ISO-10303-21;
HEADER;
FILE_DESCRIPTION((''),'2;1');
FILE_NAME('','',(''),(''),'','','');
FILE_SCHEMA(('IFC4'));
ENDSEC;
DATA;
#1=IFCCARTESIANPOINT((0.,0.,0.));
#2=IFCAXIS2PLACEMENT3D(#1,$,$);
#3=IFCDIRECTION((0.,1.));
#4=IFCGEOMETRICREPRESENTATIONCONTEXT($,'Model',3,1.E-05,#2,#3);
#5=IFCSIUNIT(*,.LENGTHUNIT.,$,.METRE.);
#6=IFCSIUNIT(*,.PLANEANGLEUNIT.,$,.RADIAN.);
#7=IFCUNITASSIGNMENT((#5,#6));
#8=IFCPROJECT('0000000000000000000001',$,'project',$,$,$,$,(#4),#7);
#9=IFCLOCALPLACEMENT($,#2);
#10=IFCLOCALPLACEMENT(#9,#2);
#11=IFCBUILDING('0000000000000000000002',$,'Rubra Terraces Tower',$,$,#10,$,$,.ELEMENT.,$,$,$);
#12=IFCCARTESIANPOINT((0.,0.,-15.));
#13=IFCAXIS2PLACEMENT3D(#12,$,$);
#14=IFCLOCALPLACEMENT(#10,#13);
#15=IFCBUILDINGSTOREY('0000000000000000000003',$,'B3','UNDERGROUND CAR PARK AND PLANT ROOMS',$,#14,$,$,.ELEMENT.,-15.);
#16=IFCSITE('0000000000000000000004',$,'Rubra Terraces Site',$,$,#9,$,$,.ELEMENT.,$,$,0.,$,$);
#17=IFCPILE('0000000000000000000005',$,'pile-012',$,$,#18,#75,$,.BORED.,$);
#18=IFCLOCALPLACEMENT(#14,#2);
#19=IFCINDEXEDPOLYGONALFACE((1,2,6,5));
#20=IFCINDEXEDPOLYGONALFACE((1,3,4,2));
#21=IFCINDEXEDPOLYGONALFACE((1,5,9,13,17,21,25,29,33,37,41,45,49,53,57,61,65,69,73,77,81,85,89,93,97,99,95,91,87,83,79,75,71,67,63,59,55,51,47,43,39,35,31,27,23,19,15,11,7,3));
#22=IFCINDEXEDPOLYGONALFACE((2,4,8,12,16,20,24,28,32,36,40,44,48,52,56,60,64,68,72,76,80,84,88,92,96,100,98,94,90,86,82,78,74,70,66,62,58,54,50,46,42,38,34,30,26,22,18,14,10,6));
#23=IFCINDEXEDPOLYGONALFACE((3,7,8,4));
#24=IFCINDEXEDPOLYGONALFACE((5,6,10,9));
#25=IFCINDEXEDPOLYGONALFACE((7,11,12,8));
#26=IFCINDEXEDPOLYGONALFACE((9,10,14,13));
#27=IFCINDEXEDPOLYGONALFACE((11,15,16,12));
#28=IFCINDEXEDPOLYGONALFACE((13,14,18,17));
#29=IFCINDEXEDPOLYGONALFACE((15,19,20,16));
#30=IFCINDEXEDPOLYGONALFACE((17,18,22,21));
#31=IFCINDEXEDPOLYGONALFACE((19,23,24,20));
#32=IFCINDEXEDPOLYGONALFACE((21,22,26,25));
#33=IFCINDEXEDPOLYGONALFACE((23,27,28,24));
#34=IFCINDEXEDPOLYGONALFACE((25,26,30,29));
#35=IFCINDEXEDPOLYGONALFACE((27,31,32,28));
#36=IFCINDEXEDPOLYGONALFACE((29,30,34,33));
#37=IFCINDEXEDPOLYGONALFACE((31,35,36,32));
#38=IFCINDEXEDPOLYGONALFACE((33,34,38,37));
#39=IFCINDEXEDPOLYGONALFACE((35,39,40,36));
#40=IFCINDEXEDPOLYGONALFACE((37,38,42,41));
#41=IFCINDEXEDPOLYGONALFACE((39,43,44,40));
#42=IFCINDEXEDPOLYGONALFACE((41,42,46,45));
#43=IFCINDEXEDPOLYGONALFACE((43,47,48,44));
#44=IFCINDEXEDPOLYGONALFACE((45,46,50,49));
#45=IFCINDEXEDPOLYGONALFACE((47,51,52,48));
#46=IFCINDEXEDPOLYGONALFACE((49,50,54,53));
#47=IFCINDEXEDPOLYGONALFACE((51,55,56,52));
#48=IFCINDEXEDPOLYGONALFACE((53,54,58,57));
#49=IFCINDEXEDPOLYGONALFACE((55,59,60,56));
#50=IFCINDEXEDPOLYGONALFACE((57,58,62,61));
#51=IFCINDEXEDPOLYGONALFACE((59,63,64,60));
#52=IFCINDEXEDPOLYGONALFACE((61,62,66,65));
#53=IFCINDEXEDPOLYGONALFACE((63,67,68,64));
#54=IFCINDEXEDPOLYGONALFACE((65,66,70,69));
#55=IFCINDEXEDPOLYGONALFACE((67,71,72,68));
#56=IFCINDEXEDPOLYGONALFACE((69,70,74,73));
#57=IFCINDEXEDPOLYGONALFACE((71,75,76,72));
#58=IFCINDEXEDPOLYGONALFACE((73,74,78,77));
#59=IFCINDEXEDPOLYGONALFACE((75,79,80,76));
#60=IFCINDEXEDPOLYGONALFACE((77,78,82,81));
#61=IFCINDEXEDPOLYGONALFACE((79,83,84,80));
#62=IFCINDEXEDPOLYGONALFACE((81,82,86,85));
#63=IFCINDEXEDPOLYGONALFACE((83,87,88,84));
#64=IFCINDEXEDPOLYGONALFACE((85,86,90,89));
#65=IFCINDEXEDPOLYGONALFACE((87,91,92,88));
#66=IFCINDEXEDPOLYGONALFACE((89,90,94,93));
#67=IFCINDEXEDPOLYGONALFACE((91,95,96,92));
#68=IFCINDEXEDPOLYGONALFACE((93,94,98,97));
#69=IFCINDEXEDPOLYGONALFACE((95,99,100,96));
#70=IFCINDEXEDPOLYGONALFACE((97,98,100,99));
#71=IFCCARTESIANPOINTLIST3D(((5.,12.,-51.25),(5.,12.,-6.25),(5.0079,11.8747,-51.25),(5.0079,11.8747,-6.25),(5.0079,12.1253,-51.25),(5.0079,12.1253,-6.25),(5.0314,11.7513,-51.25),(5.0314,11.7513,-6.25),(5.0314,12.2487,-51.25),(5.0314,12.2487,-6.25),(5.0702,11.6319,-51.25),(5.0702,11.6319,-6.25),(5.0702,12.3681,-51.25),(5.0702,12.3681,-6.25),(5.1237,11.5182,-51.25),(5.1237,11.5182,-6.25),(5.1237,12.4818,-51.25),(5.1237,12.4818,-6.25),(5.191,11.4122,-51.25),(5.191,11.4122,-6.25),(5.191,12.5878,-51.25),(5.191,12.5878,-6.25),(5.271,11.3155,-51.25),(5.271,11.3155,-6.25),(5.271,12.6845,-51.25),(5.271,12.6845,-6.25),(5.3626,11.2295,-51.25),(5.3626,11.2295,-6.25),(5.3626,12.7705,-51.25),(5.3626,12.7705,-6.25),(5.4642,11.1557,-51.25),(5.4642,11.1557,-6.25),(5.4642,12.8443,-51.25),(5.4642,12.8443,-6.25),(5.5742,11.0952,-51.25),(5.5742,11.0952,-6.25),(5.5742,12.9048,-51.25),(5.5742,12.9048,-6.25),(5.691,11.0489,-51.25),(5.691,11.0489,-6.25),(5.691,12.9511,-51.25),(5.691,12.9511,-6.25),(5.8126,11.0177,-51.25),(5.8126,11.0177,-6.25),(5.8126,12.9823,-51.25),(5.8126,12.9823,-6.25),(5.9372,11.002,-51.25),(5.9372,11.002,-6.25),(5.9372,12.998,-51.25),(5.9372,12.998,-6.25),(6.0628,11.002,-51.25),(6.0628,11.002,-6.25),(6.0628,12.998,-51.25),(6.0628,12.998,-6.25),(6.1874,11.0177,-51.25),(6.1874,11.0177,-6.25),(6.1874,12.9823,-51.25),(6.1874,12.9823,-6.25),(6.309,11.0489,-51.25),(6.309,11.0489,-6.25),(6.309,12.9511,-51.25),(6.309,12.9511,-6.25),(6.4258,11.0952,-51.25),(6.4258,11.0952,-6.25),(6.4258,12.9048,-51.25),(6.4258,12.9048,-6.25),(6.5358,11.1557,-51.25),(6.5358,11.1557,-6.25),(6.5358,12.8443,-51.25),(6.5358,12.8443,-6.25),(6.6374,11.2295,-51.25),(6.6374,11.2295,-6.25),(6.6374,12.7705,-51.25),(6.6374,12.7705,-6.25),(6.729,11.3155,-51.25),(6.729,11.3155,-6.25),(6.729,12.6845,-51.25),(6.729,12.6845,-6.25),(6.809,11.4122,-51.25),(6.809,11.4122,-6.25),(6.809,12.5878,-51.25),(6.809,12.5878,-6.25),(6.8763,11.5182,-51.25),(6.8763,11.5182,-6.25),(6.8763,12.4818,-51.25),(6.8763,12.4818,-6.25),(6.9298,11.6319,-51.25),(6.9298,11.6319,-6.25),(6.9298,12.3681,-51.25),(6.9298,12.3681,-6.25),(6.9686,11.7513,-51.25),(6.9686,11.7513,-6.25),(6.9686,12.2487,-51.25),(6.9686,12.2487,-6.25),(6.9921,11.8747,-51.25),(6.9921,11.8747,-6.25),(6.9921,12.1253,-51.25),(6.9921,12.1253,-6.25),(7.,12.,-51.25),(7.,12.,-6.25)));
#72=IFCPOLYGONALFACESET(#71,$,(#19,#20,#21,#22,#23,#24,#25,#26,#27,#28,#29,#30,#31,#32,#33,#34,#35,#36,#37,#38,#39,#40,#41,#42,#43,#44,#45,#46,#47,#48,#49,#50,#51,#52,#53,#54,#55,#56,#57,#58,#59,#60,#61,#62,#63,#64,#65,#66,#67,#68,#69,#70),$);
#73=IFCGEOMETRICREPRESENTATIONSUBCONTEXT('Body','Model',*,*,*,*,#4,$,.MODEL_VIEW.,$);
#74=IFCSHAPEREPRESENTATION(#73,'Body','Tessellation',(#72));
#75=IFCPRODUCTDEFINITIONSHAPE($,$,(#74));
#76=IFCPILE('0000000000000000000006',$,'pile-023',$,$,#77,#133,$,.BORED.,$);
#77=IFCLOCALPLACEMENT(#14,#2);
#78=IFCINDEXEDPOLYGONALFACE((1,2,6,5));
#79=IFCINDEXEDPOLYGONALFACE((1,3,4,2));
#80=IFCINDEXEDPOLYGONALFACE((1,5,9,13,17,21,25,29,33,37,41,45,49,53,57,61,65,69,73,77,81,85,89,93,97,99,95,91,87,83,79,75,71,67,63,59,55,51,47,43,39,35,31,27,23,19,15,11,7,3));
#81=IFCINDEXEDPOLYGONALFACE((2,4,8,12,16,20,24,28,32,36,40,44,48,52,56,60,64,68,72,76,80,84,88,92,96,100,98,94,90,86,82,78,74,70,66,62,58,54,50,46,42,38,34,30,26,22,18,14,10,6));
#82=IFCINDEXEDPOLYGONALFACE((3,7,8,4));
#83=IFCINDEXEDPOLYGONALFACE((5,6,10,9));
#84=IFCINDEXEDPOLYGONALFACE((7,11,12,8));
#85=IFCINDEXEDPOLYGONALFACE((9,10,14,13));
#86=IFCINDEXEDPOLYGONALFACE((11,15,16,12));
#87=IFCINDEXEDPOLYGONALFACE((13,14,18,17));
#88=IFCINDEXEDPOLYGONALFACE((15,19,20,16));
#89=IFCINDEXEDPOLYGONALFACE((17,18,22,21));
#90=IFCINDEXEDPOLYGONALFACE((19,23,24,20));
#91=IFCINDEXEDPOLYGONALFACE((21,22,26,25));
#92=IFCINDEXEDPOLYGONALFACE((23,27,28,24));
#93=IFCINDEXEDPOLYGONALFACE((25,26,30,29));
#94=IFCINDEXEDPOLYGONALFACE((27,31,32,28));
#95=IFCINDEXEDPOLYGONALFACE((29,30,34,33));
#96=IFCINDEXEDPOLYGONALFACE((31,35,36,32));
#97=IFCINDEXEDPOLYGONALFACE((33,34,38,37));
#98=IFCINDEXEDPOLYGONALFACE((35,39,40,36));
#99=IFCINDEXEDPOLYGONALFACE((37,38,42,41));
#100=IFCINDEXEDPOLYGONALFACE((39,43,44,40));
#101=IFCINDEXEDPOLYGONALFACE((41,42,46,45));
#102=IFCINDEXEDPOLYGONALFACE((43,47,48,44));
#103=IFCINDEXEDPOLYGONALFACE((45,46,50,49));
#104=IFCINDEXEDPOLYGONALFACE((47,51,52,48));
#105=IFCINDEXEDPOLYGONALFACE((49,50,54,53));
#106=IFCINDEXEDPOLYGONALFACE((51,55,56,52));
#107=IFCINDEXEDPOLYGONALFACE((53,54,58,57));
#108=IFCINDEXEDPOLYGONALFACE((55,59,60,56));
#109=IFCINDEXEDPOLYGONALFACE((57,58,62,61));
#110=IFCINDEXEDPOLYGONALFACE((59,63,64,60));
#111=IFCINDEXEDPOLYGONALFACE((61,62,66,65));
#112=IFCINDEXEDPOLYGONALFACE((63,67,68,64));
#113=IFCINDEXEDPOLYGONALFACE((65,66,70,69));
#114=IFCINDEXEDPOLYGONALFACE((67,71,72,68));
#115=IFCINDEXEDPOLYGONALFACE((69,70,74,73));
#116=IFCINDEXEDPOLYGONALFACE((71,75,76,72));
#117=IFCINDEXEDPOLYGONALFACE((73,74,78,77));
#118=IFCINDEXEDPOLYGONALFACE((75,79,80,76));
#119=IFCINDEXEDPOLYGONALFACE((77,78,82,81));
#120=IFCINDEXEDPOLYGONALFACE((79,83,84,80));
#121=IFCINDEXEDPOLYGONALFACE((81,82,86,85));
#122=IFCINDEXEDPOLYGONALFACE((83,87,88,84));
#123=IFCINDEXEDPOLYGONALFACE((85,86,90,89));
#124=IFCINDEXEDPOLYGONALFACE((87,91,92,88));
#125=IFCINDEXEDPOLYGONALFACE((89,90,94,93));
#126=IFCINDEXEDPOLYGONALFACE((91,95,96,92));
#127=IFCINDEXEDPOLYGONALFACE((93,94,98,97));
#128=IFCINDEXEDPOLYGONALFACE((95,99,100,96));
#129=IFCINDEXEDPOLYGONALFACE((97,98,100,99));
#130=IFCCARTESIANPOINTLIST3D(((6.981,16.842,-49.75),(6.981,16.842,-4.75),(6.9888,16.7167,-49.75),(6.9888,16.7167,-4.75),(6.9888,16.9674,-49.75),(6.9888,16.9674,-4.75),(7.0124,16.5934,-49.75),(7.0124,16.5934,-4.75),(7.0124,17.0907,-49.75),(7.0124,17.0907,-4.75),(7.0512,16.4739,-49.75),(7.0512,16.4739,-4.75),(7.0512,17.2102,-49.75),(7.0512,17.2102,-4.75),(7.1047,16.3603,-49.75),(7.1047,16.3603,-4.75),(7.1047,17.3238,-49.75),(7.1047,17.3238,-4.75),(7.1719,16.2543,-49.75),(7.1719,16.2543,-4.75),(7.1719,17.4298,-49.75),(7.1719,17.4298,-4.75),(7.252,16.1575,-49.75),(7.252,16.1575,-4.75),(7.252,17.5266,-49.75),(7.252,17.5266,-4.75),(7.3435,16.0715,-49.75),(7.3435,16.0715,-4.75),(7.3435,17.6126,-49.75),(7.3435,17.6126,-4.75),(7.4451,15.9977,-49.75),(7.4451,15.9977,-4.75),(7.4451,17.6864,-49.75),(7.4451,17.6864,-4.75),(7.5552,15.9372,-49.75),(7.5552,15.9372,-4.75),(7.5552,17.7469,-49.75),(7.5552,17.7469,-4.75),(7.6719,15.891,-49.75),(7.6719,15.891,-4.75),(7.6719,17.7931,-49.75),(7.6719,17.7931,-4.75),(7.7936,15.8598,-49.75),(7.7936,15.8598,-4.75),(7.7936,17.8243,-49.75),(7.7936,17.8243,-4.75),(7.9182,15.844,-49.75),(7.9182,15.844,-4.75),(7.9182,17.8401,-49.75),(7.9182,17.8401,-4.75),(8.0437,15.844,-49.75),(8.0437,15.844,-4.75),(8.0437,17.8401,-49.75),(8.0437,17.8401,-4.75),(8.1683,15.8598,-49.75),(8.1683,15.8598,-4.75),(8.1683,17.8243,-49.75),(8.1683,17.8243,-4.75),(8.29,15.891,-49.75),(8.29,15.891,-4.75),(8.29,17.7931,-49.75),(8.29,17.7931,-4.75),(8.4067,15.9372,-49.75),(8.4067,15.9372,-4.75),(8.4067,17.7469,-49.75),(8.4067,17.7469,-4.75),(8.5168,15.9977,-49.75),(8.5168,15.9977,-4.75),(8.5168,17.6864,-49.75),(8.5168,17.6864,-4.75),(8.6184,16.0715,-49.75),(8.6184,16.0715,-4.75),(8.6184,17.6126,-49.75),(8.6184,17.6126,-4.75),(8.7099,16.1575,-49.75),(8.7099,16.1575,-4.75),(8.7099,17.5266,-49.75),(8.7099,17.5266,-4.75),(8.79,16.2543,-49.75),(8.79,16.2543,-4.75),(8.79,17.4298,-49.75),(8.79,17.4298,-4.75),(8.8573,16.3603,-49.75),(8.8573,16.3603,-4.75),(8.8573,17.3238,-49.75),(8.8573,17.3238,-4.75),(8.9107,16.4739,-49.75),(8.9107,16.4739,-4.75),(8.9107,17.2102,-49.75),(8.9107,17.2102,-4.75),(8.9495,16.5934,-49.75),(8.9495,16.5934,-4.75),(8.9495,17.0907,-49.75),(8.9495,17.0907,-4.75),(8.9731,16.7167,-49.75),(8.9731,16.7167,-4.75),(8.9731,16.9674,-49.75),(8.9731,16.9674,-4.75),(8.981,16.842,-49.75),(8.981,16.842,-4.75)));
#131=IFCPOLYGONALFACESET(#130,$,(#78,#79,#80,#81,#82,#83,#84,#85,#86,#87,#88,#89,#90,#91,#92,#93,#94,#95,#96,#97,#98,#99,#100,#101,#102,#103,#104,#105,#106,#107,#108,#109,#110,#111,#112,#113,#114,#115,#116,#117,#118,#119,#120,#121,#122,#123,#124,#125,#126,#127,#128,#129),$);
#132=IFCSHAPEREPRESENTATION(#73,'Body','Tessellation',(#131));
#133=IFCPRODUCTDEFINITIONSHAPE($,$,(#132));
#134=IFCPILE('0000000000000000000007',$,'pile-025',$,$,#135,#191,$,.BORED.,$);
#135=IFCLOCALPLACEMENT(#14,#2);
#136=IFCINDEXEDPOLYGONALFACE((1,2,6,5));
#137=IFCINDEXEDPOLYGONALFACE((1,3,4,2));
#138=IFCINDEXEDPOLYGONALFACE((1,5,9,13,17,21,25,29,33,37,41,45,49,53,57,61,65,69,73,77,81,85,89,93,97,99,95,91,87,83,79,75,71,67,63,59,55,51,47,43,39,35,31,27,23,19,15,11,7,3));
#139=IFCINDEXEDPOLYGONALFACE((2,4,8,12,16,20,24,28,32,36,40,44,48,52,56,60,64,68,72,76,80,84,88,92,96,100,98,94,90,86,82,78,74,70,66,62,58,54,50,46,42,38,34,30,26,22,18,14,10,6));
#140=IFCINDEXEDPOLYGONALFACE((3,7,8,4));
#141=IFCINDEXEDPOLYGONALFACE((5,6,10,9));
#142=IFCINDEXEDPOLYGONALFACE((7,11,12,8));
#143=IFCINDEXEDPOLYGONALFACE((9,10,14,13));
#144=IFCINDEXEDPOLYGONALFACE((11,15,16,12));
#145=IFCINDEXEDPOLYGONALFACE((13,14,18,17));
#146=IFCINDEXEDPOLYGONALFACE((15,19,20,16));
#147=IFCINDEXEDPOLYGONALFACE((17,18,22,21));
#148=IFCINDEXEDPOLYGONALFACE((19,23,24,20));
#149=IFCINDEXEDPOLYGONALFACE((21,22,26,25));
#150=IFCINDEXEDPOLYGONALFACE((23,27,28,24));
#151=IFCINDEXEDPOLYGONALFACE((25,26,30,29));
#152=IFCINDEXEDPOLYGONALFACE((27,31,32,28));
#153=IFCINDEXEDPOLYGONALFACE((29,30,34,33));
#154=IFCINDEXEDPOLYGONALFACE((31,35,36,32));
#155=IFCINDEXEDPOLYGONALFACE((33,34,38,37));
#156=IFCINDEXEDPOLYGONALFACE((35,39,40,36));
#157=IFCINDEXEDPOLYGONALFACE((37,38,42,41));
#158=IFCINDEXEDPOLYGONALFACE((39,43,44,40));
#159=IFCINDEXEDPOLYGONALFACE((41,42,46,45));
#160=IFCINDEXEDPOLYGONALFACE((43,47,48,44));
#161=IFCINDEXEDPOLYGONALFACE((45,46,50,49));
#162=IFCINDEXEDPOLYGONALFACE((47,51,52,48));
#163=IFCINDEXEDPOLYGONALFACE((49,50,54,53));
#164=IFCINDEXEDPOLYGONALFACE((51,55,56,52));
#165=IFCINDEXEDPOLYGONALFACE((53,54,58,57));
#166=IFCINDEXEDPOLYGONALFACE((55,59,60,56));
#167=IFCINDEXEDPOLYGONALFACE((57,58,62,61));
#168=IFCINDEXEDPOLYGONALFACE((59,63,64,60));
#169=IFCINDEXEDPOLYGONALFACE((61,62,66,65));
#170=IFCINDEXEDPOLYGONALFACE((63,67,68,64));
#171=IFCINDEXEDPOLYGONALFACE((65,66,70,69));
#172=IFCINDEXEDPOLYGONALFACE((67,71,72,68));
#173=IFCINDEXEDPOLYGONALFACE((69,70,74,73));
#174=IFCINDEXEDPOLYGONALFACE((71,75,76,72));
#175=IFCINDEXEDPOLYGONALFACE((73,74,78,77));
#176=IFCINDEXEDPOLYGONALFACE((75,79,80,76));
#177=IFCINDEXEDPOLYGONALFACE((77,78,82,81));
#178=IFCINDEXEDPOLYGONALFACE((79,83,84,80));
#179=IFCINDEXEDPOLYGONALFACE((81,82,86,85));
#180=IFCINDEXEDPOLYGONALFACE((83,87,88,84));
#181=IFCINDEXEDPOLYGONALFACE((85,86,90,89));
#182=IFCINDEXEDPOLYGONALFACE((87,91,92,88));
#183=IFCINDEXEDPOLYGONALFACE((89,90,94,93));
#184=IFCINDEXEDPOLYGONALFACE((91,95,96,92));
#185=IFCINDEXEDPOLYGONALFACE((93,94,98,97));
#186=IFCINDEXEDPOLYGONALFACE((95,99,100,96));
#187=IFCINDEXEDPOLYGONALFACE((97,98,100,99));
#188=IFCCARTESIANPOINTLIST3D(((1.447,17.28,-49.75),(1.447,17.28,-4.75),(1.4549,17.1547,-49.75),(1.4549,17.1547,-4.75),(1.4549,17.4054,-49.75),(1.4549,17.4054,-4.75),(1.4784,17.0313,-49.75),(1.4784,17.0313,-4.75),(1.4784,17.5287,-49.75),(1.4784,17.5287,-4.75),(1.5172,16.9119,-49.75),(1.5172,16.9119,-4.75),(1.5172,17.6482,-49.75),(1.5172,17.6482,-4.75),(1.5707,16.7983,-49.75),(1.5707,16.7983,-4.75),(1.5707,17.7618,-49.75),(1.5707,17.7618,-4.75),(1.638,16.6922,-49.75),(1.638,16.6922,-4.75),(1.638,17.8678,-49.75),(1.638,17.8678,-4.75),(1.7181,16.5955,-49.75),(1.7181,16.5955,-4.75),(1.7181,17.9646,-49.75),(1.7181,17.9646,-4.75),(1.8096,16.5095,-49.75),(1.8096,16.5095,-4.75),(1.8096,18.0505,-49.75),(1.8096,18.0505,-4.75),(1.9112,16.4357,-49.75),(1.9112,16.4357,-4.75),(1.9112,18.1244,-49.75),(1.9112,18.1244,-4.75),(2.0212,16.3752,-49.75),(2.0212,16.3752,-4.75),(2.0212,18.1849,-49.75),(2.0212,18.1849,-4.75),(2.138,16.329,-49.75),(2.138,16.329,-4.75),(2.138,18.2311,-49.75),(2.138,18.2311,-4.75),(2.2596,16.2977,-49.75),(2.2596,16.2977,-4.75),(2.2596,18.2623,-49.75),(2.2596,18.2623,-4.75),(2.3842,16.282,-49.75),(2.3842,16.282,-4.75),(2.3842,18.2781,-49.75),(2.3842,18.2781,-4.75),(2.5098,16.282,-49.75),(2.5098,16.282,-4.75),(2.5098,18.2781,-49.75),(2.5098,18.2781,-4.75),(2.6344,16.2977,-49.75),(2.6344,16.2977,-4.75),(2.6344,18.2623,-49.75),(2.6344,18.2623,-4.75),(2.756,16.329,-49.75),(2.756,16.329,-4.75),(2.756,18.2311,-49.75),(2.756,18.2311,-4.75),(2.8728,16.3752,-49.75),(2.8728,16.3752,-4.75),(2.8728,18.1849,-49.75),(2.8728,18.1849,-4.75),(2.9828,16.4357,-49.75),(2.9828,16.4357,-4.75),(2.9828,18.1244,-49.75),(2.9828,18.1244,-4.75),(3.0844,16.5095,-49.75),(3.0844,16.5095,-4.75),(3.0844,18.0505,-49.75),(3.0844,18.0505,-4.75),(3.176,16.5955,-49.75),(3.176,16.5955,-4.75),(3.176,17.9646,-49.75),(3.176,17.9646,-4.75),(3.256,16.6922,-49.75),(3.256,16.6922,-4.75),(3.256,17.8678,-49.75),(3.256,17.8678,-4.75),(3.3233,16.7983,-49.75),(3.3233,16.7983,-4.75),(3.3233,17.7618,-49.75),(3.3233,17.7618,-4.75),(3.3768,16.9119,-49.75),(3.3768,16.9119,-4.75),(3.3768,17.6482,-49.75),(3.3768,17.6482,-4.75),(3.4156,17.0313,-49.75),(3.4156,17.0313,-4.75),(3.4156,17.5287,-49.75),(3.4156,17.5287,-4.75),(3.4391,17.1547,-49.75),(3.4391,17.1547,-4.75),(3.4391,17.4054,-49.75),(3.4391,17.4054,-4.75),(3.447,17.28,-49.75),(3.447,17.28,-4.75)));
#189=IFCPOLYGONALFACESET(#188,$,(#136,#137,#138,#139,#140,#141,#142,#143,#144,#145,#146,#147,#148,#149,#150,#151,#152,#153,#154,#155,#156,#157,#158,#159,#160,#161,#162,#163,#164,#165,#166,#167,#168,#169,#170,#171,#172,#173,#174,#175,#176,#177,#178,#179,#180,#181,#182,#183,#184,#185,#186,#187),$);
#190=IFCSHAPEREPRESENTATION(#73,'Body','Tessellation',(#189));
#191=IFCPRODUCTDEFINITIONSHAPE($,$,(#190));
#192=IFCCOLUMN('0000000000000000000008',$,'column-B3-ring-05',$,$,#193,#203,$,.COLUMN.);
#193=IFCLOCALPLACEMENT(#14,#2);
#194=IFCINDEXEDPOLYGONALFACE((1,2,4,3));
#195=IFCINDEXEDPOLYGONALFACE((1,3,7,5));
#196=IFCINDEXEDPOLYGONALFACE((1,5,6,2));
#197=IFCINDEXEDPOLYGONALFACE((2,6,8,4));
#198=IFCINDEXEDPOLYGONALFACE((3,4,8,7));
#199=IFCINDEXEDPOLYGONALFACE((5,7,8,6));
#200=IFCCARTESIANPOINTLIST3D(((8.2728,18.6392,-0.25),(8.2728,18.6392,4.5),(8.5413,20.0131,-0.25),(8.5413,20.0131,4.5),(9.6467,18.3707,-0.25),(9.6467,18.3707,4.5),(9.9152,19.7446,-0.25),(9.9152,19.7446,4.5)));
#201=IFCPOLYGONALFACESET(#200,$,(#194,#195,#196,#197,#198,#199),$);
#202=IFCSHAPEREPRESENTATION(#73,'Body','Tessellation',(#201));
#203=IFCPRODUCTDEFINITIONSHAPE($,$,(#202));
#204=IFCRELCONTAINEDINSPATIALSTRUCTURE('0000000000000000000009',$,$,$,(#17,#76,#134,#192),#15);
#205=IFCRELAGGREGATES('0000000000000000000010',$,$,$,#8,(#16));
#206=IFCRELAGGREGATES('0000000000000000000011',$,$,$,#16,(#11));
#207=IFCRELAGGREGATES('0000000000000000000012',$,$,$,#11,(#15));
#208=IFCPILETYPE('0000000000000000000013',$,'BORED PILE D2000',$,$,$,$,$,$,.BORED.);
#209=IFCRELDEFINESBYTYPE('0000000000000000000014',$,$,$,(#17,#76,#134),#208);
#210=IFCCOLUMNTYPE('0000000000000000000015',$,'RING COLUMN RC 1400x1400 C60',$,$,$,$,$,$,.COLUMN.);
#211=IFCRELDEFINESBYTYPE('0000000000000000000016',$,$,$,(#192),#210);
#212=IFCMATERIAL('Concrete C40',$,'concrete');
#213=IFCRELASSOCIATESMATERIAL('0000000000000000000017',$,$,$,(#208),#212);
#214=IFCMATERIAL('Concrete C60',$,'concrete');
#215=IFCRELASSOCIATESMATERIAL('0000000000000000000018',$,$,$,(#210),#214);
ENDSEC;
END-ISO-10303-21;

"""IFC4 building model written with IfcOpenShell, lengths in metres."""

from ifc_helpers import new_model, si_unit, direction, frame, origin, origin_2d, place, context, subcontext, project, spatial, rectangle, circle, extrude, material, material_profile, profile_set, type_object, element, save


model = new_model("IFC4")

# Units and contexts
model_context = context("Model", 3, precision=1e-05, world=origin(), true_north=direction((0.0, 1.0)))
body_context = subcontext(model_context, "Body", "Model", "MODEL_VIEW")
ifc_project = project(units=[si_unit("LENGTHUNIT", "METRE"), si_unit("PLANEANGLEUNIT", "RADIAN")], contexts=[model_context])

# Site, building, storey
site_placement = place(None, origin())
site = spatial("IfcSite", under=ifc_project, at=site_placement, Name="Rubra Terraces Site", CompositionType="ELEMENT", RefElevation=0.0)
building_placement = place(site_placement, origin())
building = spatial("IfcBuilding", under=site, at=building_placement, Name="Rubra Terraces Tower", CompositionType="ELEMENT")
storey_placement = place(building_placement, frame((0.0, 0.0, -15.0)))
storey = spatial("IfcBuildingStorey", under=building, at=storey_placement, Name="B3", Description="UNDERGROUND CAR PARK AND PLANT ROOMS", CompositionType="ELEMENT", Elevation=-15.0)

# Piles
ifc_material_1 = material(Name="Concrete C40", Category="concrete")
ifc_material_profile_1 = material_profile(ifc_material_1, circle(Radius=1.0, at=origin_2d()), Name="BORED PILE D2000")
ifc_profile_set_1 = profile_set([ifc_material_profile_1], Name="Concrete C40")
pile_type = type_object("IfcPileType", Name="BORED PILE D2000", PredefinedType="BORED", material=ifc_profile_set_1)
for number, where, z_axis, x_axis, name in (
    (1, (6.0, 12.0, -6.25), (0.0, 0.0, -1.0), (1.0, 0.0, 0.0), "pile-012"),
    (2, (7.981, 16.842, -4.75), (0.0, 0.0, -1.0), (1.0, 0.0, 0.0), "pile-023"),
    (3, (2.447, 17.28, -4.75), (0.0, 0.0, -1.0), (1.0, 0.0, 0.0), "pile-025"),
):
    element("IfcPile", number, at=place(storey_placement, frame(where, z_axis=z_axis, x_axis=x_axis)), inside=storey, type_object=pile_type, Name=name, PredefinedType="BORED", context=body_context, shape_type="SweptSolid", body=[
        extrude(circle(Radius=1.0, at=origin_2d()), origin(), (0.0, 0.0, 1.0), 45.0),
    ])

# Column
ifc_material_2 = material(Name="Concrete C60", Category="concrete")
ifc_material_profile_2 = material_profile(ifc_material_2, rectangle(XDim=1.3999, YDim=1.3999, at=origin_2d()), Name="RC 1400x1400")
ifc_profile_set_2 = profile_set([ifc_material_profile_2], Name="Concrete C60")
column_type = type_object("IfcColumnType", Name="RING COLUMN RC 1400x1400 C60", PredefinedType="COLUMN", material=ifc_profile_set_2)
column_placement = place(storey_placement, frame((9.094, 19.1919, -0.25), z_axis=(0.0, 0.0, 1.0), x_axis=(-0.98143, 0.191819, 0.0)))
element("IfcColumn", 4, at=column_placement, inside=storey, type_object=column_type, Name="column-B3-ring-05", PredefinedType="COLUMN", context=body_context, shape_type="SweptSolid", body=[
    extrude(rectangle(XDim=1.3999, YDim=1.3999, at=origin_2d()), origin(), (0.0, 0.0, 1.0), 4.75),
])

save(model, "model.ifc")
